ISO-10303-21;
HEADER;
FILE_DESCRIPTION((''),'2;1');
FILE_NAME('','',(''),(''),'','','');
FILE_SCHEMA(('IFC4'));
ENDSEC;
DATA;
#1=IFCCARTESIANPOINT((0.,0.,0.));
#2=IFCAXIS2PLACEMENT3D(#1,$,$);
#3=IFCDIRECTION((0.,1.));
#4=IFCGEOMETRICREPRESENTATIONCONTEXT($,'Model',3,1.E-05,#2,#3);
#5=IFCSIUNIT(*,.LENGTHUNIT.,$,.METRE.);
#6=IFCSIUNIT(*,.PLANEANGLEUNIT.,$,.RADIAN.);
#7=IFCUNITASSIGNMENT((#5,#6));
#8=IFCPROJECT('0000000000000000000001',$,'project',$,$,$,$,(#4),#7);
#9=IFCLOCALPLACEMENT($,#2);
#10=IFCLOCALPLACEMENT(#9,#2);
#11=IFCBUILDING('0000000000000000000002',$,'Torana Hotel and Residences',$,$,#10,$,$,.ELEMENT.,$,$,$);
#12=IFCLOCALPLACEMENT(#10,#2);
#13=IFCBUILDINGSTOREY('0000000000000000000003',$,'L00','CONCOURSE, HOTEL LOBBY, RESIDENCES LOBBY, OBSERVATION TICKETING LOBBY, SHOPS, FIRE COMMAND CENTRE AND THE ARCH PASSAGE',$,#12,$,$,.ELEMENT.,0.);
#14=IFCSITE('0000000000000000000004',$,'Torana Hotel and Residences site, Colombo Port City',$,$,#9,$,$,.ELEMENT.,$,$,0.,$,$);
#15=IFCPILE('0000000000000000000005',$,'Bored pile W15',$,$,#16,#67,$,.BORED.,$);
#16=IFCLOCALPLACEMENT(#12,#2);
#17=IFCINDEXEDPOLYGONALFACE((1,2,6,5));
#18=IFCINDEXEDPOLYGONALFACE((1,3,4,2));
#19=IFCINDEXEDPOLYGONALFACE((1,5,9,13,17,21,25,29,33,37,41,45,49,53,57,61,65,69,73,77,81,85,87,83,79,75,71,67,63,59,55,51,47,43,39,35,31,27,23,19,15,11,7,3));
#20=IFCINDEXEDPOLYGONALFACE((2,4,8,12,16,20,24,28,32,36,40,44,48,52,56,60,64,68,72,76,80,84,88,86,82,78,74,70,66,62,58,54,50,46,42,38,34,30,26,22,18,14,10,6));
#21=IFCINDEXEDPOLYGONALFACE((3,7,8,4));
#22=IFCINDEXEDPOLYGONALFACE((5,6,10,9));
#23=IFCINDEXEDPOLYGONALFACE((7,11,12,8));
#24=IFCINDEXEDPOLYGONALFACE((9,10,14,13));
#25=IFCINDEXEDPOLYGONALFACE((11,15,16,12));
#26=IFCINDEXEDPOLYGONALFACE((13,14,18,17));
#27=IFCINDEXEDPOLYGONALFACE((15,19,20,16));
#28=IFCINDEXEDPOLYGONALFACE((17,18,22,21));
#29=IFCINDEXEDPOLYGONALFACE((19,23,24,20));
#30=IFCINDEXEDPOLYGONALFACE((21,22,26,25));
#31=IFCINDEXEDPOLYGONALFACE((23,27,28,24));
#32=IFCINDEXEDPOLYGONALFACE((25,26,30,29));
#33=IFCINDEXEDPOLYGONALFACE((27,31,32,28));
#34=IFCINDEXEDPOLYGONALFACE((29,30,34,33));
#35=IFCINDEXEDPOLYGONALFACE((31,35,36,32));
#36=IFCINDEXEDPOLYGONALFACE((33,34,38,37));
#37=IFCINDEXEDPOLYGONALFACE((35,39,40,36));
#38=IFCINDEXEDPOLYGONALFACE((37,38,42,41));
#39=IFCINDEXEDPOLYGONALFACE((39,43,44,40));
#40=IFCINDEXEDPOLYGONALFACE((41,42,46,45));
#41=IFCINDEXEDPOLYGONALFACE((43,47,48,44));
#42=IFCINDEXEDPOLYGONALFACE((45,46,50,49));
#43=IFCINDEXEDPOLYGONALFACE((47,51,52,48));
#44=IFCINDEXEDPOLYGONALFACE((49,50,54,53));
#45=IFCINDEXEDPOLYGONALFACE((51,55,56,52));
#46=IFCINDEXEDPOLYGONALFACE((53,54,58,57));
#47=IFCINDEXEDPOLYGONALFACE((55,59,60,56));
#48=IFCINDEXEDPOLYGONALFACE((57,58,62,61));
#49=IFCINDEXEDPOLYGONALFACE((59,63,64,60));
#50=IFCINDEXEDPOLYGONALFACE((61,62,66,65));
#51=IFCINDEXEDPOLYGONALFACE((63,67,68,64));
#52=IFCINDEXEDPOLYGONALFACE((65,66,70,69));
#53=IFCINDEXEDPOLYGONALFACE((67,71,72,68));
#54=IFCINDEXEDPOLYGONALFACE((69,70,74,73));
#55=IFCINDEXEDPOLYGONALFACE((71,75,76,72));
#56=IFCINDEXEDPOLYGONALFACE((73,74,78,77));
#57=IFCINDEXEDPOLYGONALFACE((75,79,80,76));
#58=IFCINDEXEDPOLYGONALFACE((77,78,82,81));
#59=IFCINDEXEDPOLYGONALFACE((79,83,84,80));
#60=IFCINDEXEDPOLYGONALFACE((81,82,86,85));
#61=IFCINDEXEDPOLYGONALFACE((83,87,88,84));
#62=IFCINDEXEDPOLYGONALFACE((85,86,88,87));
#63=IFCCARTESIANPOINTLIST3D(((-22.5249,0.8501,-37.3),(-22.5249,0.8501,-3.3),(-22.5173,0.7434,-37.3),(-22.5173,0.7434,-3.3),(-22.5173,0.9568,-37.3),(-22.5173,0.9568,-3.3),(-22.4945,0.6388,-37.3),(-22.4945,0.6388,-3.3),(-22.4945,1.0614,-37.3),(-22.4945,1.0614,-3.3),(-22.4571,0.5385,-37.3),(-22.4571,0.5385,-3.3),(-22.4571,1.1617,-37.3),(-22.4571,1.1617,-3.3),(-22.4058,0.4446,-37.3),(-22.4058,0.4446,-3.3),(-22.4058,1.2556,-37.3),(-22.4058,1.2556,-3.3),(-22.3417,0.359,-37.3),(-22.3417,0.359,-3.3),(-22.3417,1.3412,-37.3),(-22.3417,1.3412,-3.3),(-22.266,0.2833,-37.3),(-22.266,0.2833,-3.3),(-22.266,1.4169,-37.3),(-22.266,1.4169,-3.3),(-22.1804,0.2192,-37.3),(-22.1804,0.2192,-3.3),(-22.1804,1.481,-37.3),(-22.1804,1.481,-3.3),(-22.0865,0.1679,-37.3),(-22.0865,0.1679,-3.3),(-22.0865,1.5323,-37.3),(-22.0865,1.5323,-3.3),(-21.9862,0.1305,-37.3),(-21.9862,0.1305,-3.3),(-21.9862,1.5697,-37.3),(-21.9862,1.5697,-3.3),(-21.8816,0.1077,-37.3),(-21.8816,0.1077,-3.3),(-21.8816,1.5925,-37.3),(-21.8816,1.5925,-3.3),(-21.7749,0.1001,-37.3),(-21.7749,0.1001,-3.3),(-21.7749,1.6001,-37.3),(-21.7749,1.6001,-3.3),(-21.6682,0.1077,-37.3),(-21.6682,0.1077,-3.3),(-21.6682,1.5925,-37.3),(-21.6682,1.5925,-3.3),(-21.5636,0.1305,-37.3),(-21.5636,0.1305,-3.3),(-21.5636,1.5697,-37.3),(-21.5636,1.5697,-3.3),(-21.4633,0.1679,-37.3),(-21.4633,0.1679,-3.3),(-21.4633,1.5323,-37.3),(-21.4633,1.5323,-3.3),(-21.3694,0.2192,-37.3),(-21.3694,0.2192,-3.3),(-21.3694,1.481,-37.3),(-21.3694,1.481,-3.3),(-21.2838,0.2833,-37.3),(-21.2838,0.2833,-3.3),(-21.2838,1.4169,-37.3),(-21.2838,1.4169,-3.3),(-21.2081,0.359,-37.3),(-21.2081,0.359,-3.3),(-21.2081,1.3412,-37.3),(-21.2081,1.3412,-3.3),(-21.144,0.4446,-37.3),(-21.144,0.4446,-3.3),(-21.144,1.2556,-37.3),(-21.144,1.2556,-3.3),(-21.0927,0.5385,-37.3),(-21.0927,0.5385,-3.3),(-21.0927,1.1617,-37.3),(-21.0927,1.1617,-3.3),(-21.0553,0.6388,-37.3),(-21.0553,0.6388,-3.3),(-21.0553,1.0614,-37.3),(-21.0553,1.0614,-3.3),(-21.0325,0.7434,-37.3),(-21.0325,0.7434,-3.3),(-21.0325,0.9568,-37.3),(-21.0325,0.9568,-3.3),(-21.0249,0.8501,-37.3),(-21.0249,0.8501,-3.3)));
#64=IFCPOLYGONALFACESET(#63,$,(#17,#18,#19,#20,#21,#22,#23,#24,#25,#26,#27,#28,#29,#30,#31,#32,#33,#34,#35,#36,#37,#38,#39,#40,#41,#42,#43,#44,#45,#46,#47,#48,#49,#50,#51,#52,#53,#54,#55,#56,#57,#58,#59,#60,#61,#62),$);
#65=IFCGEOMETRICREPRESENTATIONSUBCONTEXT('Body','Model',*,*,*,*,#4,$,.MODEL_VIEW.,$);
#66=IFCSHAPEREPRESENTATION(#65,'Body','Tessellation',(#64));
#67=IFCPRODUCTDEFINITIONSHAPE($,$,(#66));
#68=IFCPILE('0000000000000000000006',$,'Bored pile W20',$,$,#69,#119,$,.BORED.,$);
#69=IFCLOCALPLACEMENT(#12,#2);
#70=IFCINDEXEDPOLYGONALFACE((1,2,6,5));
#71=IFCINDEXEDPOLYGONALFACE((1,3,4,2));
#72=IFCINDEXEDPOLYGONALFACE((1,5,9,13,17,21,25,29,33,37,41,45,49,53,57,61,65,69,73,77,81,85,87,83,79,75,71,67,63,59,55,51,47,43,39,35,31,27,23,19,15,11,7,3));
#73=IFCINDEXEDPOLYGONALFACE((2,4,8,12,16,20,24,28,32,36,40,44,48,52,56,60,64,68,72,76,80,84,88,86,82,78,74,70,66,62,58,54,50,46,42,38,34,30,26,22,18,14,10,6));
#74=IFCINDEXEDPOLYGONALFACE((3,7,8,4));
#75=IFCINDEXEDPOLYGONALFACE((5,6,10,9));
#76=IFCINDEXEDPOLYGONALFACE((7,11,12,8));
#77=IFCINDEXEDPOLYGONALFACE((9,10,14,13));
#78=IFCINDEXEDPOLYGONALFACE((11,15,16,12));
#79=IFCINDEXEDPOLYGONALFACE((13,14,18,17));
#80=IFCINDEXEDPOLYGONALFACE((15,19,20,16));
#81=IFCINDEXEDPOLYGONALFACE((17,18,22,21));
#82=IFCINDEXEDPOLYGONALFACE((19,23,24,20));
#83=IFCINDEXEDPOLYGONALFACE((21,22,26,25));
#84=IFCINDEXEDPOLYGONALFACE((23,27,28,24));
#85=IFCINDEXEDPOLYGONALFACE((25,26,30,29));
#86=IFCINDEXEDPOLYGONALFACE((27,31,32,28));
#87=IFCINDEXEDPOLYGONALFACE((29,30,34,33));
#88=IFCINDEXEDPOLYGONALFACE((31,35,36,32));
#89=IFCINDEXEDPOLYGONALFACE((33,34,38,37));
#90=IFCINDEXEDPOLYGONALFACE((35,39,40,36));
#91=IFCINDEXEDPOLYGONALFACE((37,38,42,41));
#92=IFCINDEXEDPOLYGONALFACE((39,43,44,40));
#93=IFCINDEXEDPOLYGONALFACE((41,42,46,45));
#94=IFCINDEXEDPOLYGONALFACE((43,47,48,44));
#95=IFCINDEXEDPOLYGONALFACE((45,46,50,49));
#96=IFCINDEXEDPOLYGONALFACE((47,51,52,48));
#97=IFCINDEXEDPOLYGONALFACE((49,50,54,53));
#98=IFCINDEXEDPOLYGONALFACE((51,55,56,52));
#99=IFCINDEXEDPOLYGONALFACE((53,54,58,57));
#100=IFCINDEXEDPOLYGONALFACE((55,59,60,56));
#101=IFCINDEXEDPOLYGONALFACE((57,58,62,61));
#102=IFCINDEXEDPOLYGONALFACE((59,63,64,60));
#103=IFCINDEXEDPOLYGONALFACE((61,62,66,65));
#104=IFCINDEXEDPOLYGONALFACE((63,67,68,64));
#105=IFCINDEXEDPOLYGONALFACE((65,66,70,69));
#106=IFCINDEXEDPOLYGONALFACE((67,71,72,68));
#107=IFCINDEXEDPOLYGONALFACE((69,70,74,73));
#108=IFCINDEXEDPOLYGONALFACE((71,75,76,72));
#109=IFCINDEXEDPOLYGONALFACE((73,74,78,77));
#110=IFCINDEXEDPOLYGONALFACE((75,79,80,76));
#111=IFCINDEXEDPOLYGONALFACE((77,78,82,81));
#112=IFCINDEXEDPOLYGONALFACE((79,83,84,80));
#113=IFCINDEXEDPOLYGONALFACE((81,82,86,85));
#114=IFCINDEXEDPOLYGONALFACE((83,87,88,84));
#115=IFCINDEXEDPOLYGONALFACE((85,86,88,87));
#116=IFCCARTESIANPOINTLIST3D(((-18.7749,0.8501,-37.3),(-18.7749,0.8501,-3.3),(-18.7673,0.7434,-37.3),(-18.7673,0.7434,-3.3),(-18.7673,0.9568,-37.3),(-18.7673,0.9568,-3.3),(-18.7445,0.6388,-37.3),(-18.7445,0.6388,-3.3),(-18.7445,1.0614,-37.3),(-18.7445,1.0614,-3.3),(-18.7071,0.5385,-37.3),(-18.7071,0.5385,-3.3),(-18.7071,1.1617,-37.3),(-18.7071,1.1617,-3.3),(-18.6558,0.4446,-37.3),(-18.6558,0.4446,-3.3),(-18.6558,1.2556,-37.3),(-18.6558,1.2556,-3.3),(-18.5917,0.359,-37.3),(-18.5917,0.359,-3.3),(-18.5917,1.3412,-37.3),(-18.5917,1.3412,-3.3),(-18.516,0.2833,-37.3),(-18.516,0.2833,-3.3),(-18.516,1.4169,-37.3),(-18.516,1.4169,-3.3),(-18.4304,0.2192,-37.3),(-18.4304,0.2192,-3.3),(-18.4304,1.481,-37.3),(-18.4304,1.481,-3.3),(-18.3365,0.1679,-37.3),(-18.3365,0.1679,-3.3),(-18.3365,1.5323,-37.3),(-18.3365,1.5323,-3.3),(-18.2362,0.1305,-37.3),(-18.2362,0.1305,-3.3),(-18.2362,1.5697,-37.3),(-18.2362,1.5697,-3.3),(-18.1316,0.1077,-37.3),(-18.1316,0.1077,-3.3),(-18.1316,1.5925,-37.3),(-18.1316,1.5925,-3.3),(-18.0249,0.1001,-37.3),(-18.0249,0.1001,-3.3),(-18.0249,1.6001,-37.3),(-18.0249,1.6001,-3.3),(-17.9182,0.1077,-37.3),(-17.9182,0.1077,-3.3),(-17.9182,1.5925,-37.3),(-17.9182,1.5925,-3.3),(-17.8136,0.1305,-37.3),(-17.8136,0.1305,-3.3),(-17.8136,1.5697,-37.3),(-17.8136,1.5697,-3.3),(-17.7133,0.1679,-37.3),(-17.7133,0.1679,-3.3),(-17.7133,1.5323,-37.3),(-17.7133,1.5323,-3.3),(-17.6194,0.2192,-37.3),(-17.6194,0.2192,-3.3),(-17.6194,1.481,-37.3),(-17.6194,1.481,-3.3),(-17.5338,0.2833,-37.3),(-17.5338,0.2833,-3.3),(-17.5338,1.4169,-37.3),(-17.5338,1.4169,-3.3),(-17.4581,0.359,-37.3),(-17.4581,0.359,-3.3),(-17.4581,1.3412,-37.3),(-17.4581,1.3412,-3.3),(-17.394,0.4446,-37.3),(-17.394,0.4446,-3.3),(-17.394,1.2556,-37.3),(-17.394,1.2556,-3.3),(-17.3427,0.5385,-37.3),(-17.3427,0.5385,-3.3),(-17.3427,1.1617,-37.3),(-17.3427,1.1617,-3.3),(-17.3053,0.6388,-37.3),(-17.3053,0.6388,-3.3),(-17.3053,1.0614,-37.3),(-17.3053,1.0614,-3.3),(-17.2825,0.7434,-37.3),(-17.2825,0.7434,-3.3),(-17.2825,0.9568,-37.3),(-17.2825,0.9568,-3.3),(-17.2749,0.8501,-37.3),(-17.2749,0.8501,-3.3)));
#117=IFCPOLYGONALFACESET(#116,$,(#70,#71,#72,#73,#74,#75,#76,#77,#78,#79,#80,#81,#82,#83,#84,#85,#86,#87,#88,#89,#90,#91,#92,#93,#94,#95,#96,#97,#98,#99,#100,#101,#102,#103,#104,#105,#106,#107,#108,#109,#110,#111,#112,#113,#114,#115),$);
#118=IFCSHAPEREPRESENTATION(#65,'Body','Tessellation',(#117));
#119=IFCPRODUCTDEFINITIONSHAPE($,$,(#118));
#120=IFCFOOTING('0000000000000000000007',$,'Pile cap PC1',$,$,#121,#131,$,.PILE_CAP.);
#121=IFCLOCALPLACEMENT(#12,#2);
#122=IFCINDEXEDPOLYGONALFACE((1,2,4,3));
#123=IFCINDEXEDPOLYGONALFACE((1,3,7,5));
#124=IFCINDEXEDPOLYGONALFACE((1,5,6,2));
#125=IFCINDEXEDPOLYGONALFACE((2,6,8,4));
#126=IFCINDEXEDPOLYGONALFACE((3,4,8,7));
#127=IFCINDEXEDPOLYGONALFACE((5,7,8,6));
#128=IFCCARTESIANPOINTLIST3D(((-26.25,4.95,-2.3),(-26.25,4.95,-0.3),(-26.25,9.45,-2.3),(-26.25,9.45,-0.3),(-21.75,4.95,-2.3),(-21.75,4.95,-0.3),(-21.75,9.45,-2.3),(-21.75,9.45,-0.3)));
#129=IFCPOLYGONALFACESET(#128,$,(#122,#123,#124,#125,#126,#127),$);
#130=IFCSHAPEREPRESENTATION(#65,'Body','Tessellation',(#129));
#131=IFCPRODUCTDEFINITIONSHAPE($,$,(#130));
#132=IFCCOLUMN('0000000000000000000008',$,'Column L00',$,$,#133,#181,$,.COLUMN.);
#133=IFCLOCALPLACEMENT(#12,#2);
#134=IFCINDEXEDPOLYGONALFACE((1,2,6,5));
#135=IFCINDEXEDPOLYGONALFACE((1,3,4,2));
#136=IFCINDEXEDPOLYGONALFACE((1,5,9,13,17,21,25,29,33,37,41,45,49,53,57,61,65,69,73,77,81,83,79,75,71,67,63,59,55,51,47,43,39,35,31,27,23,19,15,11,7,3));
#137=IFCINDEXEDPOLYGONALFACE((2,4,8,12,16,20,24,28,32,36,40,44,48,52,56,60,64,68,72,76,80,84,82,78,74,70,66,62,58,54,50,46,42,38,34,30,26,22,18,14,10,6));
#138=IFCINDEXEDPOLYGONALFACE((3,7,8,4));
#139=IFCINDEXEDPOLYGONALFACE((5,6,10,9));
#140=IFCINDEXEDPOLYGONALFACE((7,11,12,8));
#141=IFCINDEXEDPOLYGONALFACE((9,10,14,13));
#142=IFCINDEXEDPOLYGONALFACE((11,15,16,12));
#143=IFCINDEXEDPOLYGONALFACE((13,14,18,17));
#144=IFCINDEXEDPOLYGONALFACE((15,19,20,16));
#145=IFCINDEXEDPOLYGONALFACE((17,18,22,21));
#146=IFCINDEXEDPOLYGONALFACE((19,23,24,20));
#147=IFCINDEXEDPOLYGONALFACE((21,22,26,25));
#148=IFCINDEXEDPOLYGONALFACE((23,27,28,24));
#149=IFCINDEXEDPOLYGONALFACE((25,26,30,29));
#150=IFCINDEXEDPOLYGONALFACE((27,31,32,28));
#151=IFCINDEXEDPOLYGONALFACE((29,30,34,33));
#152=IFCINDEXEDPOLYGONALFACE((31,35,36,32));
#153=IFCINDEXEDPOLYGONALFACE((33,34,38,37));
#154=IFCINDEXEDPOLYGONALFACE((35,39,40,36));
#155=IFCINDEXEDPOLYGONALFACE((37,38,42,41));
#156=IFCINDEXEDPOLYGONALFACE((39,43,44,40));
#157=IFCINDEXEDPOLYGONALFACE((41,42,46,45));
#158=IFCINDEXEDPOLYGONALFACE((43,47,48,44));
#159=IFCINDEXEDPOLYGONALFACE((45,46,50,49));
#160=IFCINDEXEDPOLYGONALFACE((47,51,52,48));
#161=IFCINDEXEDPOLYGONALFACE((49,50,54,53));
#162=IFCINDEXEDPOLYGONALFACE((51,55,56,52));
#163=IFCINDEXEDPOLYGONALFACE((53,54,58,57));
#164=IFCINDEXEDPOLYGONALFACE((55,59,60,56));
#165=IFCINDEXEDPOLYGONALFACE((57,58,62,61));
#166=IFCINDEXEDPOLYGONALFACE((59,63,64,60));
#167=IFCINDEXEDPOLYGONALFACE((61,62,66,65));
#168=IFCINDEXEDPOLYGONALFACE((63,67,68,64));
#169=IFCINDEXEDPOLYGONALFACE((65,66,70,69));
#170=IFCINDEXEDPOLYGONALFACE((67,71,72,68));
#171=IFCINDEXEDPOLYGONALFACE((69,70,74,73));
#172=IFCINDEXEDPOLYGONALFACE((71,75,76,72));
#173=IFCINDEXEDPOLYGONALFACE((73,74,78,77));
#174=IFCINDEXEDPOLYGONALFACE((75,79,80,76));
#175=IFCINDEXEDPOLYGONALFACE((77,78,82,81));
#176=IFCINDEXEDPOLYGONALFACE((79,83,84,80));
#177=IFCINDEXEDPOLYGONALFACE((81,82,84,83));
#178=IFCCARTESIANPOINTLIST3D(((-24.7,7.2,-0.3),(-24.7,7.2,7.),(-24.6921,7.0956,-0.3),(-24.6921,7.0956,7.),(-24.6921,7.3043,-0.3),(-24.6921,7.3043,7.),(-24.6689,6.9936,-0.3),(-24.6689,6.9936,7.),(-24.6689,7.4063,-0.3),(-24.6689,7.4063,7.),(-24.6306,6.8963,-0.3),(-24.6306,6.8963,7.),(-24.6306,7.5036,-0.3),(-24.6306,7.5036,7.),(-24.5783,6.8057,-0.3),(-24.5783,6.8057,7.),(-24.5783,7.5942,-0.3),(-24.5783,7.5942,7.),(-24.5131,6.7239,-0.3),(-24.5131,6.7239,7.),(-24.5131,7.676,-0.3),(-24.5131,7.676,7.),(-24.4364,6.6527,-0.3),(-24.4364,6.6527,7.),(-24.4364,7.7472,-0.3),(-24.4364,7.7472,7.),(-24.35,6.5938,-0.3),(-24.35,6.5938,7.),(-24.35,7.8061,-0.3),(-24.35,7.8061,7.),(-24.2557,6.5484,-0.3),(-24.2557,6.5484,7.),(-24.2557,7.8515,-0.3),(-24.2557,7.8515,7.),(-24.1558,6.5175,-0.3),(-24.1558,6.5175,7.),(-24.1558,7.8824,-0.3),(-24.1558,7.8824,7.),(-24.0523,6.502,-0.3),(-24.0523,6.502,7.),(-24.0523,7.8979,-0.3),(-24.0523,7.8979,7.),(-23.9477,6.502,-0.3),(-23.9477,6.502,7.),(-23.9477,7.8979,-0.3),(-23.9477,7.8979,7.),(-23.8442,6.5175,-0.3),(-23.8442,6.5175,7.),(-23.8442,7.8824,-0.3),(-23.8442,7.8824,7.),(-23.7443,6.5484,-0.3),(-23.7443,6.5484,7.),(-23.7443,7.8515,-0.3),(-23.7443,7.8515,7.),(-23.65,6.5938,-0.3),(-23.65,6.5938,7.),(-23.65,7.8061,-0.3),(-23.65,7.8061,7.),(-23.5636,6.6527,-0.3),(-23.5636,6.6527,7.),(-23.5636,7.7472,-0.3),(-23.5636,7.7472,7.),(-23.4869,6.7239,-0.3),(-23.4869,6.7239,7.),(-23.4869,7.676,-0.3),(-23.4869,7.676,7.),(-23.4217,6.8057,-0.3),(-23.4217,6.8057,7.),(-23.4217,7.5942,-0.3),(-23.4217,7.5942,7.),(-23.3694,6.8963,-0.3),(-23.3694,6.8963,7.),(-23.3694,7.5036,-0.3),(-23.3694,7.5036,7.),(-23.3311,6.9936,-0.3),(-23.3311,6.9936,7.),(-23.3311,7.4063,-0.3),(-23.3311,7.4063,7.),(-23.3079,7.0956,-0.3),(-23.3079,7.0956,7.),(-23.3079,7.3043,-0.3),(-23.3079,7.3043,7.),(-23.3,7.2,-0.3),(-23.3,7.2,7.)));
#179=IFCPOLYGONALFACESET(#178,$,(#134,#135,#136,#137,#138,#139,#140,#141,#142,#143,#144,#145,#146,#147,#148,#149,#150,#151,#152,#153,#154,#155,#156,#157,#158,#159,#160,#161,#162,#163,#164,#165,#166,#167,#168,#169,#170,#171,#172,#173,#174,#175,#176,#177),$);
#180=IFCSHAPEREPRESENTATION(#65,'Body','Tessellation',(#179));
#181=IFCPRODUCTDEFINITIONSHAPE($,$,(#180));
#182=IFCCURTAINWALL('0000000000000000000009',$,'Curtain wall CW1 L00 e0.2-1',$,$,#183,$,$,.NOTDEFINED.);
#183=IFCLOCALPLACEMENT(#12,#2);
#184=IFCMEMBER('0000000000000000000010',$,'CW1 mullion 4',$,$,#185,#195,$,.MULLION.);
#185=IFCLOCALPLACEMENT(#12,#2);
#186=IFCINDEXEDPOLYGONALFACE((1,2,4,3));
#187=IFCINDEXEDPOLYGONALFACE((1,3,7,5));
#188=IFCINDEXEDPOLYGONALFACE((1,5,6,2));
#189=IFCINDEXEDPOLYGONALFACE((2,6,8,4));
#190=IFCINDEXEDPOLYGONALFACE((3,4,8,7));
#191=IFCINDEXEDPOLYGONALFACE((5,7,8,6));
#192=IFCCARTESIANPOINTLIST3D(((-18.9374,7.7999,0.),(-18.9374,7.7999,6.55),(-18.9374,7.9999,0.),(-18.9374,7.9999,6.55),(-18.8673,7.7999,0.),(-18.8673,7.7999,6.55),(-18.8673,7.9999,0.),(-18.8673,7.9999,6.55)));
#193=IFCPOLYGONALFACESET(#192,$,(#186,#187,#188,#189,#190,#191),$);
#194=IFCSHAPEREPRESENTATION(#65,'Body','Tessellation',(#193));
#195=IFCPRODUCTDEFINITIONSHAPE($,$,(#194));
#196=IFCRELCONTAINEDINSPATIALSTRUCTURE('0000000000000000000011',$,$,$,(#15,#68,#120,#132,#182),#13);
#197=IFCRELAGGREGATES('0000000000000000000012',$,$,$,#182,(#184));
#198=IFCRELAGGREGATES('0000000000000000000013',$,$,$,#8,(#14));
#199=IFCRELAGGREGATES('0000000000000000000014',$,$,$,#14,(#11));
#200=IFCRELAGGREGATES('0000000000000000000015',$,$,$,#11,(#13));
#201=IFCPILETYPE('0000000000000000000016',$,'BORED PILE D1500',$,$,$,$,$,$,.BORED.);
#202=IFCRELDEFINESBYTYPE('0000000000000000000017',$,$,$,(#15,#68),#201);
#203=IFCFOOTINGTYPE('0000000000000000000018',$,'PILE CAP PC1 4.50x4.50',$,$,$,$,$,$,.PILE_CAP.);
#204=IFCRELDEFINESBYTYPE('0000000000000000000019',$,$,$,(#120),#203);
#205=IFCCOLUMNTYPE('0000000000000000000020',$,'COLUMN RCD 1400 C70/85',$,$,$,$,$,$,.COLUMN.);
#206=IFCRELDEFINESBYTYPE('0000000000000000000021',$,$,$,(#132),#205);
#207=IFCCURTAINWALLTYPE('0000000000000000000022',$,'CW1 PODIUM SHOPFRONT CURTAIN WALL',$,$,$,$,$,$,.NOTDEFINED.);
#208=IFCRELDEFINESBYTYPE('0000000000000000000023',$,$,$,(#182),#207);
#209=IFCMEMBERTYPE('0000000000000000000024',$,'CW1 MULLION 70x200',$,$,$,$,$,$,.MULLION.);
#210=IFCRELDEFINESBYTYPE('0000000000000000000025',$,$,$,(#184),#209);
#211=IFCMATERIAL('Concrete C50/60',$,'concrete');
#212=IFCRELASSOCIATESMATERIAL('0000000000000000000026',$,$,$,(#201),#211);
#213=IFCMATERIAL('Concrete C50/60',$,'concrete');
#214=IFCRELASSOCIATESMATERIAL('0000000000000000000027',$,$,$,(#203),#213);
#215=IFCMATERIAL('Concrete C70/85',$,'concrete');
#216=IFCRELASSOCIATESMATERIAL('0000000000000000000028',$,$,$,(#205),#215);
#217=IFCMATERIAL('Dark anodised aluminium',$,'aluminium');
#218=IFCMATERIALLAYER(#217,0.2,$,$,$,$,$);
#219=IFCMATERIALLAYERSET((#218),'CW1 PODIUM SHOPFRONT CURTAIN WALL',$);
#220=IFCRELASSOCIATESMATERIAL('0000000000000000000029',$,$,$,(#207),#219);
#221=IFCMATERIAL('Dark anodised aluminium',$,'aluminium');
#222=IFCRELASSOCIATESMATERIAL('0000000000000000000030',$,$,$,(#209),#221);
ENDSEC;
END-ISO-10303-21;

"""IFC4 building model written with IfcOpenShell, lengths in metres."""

from ifc_helpers import new_model, si_unit, direction, frame, origin, origin_2d, place, context, subcontext, project, spatial, rectangle, circle, extrude, material, layer, layer_set, material_profile, profile_set, type_object, element, aggregate, save


model = new_model("IFC4")

# Units and contexts
model_context = context("Model", 3, precision=1e-05, world=origin(), true_north=direction((0.0, 1.0)))
body_context = subcontext(model_context, "Body", "Model", "MODEL_VIEW")
ifc_project = project(units=[si_unit("LENGTHUNIT", "METRE"), si_unit("PLANEANGLEUNIT", "RADIAN")], contexts=[model_context])

# Site, building, storey
site_placement = place(None, origin())
site = spatial("IfcSite", under=ifc_project, at=site_placement, Name="Torana Hotel and Residences site, Colombo Port City", CompositionType="ELEMENT", RefElevation=0.0)
building_placement = place(site_placement, origin())
building = spatial("IfcBuilding", under=site, at=building_placement, Name="Torana Hotel and Residences", CompositionType="ELEMENT")
storey_placement = place(building_placement, origin())
storey = spatial("IfcBuildingStorey", under=building, at=storey_placement, Name="L00", Description="CONCOURSE, HOTEL LOBBY, RESIDENCES LOBBY, OBSERVATION TICKETING LOBBY, SHOPS, FIRE COMMAND CENTRE AND THE ARCH PASSAGE", CompositionType="ELEMENT", Elevation=0.0)

# Piles
ifc_material_1 = material(Name="Concrete C50/60", Category="concrete")
pile_type_1 = type_object("IfcPileType", Name="BORED PILE D1500", PredefinedType="BORED", material=ifc_material_1)
for number, where, z_axis, x_axis, name in (
    (1, (-21.7749, 0.8501, -3.3), (0.0, 0.0, -1.0), (1.0, 0.0, 0.0), "Bored pile W15"),
    (2, (-18.0249, 0.8501, -3.3), (0.0, 0.0, -1.0), (1.0, 0.0, 0.0), "Bored pile W20"),
):
    element("IfcPile", number, at=place(storey_placement, frame(where, z_axis=z_axis, x_axis=x_axis)), inside=storey, type_object=pile_type_1, Name=name, PredefinedType="BORED", context=body_context, shape_type="SweptSolid", body=[
        extrude(circle(Radius=0.75, at=origin_2d()), origin(), (0.0, 0.0, 1.0), 34.0),
    ])

# Footing
ifc_material_2 = material(Name="Concrete C50/60", Category="concrete")
footing_type = type_object("IfcFootingType", Name="PILE CAP PC1 4.50x4.50", PredefinedType="PILE_CAP", material=ifc_material_2)
footing_placement = place(storey_placement, frame((-24.0, 7.2, -2.3), z_axis=(0.0, 0.0, 1.0), x_axis=(1.0, 0.0, 0.0)))
element("IfcFooting", 3, at=footing_placement, inside=storey, type_object=footing_type, Name="Pile cap PC1", PredefinedType="PILE_CAP", context=body_context, shape_type="SweptSolid", body=[
    extrude(rectangle(XDim=4.5, YDim=4.5, at=origin_2d()), origin(), (0.0, 0.0, 1.0), 2.0),
])

# Column
ifc_material_3 = material(Name="Concrete C70/85", Category="concrete")
ifc_material_profile_1 = material_profile(ifc_material_3, circle(Radius=0.7, at=origin_2d()), Name="RCD 1400")
ifc_profile_set_1 = profile_set([ifc_material_profile_1], Name="Concrete C70/85")
column_type = type_object("IfcColumnType", Name="COLUMN RCD 1400 C70/85", PredefinedType="COLUMN", material=ifc_profile_set_1)
column_placement = place(storey_placement, frame((-24.0, 7.2, -0.3), z_axis=(0.0, 0.0, 1.0), x_axis=(1.0, 0.0, 0.0)))
element("IfcColumn", 4, at=column_placement, inside=storey, type_object=column_type, Name="Column L00", PredefinedType="COLUMN", context=body_context, shape_type="SweptSolid", body=[
    extrude(circle(Radius=0.7, at=origin_2d()), origin(), (0.0, 0.0, 1.0), 7.3),
])

# Curtain wall, member
ifc_material_4 = material(Name="Dark anodised aluminium", Category="aluminium")
ifc_layer_1 = layer(ifc_material_4, 0.2)
ifc_layer_set_1 = layer_set([ifc_layer_1], Name="CW1 PODIUM SHOPFRONT CURTAIN WALL")
curtain_wall_type = type_object("IfcCurtainWallType", Name="CW1 PODIUM SHOPFRONT CURTAIN WALL", PredefinedType="NOTDEFINED", material=ifc_layer_set_1)
curtain_wall_placement = place(storey_placement, origin())
curtain_wall = element("IfcCurtainWall", 5, at=curtain_wall_placement, inside=storey, type_object=curtain_wall_type, Name="Curtain wall CW1 L00 e0.2-1", PredefinedType="NOTDEFINED")
ifc_material_5 = material(Name="Dark anodised aluminium", Category="aluminium")
ifc_material_profile_2 = material_profile(ifc_material_5, rectangle(XDim=0.2, YDim=0.0701, at=origin_2d()), Name="CW1 MULLION 70x200")
ifc_profile_set_2 = profile_set([ifc_material_profile_2], Name="Dark anodised aluminium")
member_type_1 = type_object("IfcMemberType", Name="CW1 MULLION 70x200", PredefinedType="MULLION", material=ifc_profile_set_2)
member_1_placement = place(storey_placement, frame((-18.9023, 7.8999, 0.0), z_axis=(0.0, 0.0, 1.0), x_axis=(0.0, -1.0, 0.0)))
member_1 = element("IfcMember", 6, at=member_1_placement, type_object=member_type_1, Name="CW1 mullion 4", PredefinedType="MULLION", context=body_context, shape_type="SweptSolid", body=[
    extrude(rectangle(XDim=0.2, YDim=0.0701, at=origin_2d()), origin(), (0.0, 0.0, 1.0), 6.55),
])
aggregate(curtain_wall, [member_1])

save(model, "model.ifc")
